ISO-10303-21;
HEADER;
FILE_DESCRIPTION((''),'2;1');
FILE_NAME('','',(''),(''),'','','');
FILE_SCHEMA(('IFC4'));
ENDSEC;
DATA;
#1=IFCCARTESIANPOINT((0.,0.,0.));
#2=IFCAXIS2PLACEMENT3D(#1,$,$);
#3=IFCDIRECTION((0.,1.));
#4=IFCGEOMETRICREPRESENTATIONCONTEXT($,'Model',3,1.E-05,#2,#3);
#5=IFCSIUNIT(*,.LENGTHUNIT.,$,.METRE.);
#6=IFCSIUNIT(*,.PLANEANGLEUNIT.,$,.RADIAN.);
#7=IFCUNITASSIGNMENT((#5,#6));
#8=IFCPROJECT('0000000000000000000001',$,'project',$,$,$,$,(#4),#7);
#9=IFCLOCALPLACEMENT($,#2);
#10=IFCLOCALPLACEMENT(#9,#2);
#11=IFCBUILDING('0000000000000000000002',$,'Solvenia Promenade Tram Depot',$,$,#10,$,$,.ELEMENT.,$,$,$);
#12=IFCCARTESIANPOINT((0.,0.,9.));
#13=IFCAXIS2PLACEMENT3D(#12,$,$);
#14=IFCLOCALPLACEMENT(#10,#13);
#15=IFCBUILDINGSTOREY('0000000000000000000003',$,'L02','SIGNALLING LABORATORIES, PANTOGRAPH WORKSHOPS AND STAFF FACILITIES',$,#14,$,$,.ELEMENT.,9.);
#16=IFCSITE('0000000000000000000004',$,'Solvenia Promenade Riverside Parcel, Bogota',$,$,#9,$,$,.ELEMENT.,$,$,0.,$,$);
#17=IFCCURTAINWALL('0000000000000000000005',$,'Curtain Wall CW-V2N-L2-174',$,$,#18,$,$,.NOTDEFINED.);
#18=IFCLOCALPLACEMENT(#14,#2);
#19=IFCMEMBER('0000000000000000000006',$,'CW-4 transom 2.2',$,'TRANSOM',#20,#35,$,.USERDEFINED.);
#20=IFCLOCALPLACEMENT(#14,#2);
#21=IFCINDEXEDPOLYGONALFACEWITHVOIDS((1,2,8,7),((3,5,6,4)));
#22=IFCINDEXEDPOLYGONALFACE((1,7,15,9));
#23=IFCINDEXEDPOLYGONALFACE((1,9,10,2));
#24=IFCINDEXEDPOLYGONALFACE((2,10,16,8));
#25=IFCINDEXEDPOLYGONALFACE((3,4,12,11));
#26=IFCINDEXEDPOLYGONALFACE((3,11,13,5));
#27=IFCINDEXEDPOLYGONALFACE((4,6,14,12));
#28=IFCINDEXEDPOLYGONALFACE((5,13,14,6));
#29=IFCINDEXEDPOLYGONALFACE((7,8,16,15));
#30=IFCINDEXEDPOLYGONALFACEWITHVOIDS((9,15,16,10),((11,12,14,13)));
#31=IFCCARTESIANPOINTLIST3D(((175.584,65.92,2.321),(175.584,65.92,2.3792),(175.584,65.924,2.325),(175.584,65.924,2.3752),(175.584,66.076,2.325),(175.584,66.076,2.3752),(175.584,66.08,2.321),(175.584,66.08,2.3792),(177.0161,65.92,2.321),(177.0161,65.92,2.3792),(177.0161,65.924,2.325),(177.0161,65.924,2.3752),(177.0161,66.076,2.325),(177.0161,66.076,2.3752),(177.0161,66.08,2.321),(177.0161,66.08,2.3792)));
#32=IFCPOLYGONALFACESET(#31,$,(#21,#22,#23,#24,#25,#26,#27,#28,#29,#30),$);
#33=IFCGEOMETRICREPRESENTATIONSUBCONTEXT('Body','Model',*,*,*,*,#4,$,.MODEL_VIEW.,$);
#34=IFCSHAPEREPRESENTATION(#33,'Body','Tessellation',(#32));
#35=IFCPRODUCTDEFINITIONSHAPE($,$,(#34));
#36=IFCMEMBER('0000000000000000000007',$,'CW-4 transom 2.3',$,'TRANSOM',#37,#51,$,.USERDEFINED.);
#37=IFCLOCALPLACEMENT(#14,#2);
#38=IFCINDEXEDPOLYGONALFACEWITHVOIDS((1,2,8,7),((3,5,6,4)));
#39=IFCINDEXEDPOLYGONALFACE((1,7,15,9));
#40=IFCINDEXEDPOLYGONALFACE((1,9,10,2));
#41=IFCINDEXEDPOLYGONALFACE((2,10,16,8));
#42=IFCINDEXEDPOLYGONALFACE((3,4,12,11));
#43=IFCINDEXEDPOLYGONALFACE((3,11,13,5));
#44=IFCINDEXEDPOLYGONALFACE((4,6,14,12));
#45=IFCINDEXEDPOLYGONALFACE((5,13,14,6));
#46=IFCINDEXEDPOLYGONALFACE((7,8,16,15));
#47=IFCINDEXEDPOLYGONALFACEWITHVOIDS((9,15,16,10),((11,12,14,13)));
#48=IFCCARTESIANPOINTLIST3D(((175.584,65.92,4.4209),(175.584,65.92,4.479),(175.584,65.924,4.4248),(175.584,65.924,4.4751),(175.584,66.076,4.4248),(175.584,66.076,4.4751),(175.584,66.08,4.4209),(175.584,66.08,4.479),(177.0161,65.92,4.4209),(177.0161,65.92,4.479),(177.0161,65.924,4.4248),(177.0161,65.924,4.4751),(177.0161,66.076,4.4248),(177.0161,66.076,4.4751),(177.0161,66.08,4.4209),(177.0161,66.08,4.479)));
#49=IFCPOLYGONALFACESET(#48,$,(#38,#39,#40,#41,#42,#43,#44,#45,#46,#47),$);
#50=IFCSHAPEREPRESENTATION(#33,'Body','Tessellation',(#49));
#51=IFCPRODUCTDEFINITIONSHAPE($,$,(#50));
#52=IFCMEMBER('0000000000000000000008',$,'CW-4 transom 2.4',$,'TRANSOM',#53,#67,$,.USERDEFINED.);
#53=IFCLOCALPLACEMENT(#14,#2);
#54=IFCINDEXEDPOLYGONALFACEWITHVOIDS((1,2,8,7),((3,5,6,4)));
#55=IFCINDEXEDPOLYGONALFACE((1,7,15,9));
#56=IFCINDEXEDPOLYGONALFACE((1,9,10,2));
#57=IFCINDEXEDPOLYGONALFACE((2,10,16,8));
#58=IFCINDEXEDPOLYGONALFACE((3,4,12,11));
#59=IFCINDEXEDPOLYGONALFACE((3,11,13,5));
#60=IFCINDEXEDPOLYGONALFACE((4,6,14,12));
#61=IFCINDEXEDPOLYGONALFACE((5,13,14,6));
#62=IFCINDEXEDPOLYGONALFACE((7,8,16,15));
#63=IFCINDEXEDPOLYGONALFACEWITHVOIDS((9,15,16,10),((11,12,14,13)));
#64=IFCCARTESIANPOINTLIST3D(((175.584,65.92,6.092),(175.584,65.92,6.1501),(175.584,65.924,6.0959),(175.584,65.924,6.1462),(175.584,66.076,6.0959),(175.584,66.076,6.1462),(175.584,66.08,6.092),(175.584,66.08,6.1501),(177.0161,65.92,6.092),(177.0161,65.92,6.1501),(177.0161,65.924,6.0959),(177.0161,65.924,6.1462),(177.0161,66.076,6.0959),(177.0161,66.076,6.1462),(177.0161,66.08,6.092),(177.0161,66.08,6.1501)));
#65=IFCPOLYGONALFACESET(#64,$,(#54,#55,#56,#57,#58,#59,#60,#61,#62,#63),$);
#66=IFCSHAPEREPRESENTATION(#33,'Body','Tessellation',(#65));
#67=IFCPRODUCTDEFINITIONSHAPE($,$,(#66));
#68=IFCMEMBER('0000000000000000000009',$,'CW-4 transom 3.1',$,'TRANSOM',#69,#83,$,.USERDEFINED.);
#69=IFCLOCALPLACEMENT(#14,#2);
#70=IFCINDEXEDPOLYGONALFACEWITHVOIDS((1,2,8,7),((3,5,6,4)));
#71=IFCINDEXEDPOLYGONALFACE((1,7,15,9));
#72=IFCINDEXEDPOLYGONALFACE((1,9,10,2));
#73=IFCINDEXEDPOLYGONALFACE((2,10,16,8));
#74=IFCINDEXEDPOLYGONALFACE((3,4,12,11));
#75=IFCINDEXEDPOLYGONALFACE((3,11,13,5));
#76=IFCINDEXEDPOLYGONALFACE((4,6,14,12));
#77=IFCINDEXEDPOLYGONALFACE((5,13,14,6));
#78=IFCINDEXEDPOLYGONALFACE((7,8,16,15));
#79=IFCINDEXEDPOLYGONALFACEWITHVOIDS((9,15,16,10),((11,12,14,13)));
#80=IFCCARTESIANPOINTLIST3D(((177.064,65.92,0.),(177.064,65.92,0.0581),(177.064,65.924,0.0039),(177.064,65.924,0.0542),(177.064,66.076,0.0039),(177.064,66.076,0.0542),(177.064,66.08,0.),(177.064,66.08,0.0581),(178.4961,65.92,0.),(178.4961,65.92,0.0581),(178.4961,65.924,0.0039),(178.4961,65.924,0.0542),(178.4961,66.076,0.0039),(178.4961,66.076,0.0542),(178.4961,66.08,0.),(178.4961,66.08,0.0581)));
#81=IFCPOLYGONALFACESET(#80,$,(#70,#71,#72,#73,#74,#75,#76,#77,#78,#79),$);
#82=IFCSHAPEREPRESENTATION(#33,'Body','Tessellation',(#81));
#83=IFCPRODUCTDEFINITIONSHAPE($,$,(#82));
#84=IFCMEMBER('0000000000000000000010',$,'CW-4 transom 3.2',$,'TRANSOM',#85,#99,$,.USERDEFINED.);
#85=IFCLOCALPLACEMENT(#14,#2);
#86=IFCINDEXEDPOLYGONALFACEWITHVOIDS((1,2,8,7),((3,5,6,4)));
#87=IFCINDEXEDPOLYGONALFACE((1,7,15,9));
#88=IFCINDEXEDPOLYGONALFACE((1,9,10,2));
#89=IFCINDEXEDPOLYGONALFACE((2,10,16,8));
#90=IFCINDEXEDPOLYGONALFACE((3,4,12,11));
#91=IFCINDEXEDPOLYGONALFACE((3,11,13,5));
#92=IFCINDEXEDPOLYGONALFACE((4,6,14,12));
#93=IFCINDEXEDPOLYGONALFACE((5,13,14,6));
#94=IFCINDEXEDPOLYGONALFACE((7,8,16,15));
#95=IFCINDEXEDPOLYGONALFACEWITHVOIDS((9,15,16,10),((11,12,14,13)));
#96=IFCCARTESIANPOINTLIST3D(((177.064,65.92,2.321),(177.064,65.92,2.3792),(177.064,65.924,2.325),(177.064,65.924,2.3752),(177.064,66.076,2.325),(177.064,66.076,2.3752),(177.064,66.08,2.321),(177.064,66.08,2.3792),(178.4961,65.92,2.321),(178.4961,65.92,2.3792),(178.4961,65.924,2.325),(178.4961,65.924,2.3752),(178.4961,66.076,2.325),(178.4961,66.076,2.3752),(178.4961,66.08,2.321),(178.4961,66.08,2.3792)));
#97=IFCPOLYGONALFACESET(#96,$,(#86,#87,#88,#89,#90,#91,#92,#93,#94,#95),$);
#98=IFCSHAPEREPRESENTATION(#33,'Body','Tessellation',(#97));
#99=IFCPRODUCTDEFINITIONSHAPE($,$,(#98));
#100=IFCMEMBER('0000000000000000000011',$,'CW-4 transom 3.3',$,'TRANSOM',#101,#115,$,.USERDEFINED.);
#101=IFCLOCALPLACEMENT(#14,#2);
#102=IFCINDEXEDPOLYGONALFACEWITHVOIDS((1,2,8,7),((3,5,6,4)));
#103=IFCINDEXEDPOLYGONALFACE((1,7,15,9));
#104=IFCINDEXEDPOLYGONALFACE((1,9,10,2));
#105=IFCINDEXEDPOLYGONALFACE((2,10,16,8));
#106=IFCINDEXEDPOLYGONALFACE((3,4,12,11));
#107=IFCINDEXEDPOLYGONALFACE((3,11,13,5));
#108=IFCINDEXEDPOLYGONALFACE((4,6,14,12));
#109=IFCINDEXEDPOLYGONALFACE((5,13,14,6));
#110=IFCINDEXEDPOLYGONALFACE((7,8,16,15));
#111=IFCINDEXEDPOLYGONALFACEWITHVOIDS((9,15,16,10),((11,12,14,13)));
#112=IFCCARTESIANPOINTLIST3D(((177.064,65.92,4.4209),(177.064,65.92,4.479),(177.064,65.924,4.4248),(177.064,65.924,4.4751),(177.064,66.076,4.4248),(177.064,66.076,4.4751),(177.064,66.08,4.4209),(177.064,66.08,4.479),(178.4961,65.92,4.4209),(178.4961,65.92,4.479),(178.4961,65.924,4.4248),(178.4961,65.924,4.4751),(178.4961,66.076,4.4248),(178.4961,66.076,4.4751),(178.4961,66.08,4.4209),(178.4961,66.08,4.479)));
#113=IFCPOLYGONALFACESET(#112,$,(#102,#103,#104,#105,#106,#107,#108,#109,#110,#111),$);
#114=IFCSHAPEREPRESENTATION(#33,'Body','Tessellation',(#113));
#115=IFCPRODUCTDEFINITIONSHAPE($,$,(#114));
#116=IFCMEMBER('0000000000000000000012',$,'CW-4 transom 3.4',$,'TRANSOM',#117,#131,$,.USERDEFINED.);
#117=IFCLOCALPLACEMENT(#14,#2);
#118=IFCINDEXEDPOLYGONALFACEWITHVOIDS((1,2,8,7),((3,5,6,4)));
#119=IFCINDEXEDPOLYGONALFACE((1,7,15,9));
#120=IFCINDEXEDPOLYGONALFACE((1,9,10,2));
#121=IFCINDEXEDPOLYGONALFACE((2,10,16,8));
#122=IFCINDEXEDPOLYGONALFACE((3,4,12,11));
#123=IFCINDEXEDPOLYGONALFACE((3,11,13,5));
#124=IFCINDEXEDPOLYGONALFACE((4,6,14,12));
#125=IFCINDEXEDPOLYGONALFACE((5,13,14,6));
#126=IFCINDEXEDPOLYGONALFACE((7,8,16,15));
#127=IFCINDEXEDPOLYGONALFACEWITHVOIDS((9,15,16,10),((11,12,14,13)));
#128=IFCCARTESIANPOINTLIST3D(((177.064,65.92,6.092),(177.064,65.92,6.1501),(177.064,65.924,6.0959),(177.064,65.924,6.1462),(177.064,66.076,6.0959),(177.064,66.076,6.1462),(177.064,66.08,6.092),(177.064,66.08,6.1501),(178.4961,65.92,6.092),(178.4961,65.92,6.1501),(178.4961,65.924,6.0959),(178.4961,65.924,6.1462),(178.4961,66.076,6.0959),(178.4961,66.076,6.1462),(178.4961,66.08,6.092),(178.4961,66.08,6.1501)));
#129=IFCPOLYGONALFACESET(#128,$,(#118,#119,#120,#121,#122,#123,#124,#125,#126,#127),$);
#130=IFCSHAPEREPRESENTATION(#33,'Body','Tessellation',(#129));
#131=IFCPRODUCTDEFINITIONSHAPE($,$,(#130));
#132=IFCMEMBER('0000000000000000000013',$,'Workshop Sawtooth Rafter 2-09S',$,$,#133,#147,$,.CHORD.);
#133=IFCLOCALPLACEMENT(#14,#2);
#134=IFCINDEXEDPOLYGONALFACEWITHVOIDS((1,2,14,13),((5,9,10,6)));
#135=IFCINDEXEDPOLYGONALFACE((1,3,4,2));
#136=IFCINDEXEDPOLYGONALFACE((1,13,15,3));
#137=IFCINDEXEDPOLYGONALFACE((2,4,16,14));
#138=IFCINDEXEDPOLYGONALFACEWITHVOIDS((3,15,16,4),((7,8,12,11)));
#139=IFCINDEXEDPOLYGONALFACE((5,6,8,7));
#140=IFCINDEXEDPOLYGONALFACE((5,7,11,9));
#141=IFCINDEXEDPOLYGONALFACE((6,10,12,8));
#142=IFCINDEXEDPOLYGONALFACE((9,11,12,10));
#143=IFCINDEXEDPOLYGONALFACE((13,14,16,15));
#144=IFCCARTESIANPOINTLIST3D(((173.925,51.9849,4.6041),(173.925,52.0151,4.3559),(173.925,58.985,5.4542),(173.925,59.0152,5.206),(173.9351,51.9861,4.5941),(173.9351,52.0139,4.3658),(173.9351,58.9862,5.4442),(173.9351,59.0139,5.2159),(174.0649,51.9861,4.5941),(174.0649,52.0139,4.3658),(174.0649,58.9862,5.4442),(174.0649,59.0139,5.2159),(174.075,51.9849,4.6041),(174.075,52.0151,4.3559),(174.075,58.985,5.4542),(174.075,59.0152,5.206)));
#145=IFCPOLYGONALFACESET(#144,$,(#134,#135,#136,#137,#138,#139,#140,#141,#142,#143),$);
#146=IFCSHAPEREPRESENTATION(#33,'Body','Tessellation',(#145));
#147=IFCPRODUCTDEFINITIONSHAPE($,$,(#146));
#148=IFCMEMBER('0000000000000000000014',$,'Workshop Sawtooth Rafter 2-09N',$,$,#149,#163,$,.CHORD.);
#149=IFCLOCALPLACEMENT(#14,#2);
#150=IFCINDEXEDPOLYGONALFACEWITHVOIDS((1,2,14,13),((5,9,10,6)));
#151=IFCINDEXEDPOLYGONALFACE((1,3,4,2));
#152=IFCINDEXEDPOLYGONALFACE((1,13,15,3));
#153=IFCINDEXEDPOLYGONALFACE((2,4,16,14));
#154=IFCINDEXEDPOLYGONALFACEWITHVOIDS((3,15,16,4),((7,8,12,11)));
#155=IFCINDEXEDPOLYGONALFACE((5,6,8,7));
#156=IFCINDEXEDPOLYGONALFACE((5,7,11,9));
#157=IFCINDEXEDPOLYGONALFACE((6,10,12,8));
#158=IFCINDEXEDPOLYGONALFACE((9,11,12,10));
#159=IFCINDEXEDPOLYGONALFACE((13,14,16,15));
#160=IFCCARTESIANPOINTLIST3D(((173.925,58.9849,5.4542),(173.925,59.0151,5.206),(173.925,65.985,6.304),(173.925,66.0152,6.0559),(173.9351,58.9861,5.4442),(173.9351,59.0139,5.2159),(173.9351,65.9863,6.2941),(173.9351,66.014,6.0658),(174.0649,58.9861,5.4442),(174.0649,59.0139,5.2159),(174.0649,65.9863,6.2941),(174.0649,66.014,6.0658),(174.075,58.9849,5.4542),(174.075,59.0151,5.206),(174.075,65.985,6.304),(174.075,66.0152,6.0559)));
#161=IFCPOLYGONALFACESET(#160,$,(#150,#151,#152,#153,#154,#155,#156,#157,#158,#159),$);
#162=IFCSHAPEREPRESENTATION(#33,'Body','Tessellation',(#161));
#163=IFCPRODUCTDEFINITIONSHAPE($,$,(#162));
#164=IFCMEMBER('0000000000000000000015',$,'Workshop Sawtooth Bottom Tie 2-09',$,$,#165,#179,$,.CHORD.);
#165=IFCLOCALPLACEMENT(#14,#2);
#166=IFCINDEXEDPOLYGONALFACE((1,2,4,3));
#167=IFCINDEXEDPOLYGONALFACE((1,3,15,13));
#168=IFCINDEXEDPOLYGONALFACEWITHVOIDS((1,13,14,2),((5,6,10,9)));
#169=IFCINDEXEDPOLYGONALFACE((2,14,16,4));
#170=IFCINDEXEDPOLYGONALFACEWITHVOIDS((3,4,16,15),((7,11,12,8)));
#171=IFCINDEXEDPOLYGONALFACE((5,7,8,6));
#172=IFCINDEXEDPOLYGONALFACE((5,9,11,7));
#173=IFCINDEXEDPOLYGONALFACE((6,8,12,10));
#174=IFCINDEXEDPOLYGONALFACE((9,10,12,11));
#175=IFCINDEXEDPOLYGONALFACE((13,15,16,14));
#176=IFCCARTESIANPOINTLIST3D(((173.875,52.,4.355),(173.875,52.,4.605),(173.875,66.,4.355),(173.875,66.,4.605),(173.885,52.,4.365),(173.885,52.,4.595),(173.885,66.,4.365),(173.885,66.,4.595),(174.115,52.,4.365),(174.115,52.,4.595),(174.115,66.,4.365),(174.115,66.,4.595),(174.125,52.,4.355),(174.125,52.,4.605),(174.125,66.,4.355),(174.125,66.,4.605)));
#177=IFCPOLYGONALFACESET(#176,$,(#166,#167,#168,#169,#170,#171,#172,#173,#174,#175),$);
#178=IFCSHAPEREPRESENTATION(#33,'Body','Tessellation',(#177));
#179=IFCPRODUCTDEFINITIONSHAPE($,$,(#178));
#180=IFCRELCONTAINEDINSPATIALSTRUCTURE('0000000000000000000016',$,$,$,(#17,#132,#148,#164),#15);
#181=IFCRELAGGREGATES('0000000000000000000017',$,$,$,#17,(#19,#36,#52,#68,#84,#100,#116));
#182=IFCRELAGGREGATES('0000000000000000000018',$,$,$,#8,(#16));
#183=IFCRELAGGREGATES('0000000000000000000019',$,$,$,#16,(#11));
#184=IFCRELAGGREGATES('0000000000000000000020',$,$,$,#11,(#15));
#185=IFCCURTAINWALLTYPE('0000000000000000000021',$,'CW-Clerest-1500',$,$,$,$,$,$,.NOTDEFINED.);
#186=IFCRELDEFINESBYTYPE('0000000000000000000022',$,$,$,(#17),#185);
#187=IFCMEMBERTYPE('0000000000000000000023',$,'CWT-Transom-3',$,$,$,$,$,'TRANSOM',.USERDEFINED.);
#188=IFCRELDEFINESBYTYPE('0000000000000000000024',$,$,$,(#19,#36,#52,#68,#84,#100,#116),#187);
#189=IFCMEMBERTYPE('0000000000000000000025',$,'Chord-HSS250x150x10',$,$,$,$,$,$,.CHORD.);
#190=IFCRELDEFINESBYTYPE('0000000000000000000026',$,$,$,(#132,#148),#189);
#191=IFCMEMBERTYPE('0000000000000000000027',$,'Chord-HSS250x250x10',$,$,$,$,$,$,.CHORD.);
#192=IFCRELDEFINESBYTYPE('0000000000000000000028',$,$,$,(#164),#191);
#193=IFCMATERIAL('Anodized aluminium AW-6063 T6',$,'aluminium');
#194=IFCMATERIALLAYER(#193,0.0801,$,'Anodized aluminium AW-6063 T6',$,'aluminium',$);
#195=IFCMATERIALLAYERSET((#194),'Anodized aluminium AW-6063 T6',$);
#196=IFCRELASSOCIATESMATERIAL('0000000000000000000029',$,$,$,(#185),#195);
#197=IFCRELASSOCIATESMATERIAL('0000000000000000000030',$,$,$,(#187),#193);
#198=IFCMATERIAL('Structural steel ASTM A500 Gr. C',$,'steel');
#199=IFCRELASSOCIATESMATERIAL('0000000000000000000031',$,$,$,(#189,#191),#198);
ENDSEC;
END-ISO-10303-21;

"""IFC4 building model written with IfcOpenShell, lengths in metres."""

from ifc_helpers import new_model, si_unit, direction, frame, origin, origin_2d, place, context, subcontext, project, spatial, hollow_rectangle, extrude, material, layer, layer_set, material_profile, profile_set, type_object, element, aggregate, save


model = new_model("IFC4")

# Units and contexts
model_context = context("Model", 3, precision=1e-05, world=origin(), true_north=direction((0.0, 1.0)))
body_context = subcontext(model_context, "Body", "Model", "MODEL_VIEW")
ifc_project = project(units=[si_unit("LENGTHUNIT", "METRE"), si_unit("PLANEANGLEUNIT", "RADIAN")], contexts=[model_context])

# Site, building, storey
site_placement = place(None, origin())
site = spatial("IfcSite", under=ifc_project, at=site_placement, Name="Solvenia Promenade Riverside Parcel, Bogota", CompositionType="ELEMENT", RefElevation=0.0)
building_placement = place(site_placement, origin())
building = spatial("IfcBuilding", under=site, at=building_placement, Name="Solvenia Promenade Tram Depot", CompositionType="ELEMENT")
storey_placement = place(building_placement, frame((0.0, 0.0, 9.0)))
storey = spatial("IfcBuildingStorey", under=building, at=storey_placement, Name="L02", Description="SIGNALLING LABORATORIES, PANTOGRAPH WORKSHOPS AND STAFF FACILITIES", CompositionType="ELEMENT", Elevation=9.0)

# Curtain wall, members
ifc_material_1 = material(Name="Anodized aluminium AW-6063 T6", Category="aluminium")
ifc_layer_1 = layer(ifc_material_1, 0.0801, Name="Anodized aluminium AW-6063 T6", Category="aluminium")
ifc_layer_set_1 = layer_set([ifc_layer_1], Name="Anodized aluminium AW-6063 T6")
curtain_wall_type = type_object("IfcCurtainWallType", Name="CW-Clerest-1500", PredefinedType="NOTDEFINED", material=ifc_layer_set_1)
curtain_wall_placement = place(storey_placement, origin())
curtain_wall = element("IfcCurtainWall", 1, at=curtain_wall_placement, inside=storey, type_object=curtain_wall_type, Name="Curtain Wall CW-V2N-L2-174", PredefinedType="NOTDEFINED")
ifc_material_profile_1 = material_profile(ifc_material_1, hollow_rectangle(XDim=0.1599, YDim=0.0581, WallThickness=0.0039, at=origin_2d()), Name="ALU-T3", Category="aluminium")
ifc_profile_set_1 = profile_set([ifc_material_profile_1], Name="Anodized aluminium AW-6063 T6")
member_type_1 = type_object("IfcMemberType", Name="CWT-Transom-3", ElementType="TRANSOM", PredefinedType="USERDEFINED", material=ifc_profile_set_1)
member_1_placement = place(storey_placement, frame((175.584, 66.0, 2.3501), z_axis=(1.0, 0.0, 0.0), x_axis=(0.0, 1.0, 0.0)))
member_1 = element("IfcMember", 2, at=member_1_placement, type_object=member_type_1, Name="CW-4 transom 2.2", ObjectType="TRANSOM", PredefinedType="USERDEFINED", context=body_context, shape_type="SweptSolid", body=[
    extrude(hollow_rectangle(XDim=0.1599, YDim=0.0581, WallThickness=0.0039, at=origin_2d()), origin(), (0.0, 0.0, 1.0), 1.4321),
])
member_2_placement = place(storey_placement, frame((175.584, 66.0, 4.45), z_axis=(1.0, 0.0, 0.0), x_axis=(0.0, 1.0, 0.0)))
member_2 = element("IfcMember", 3, at=member_2_placement, type_object=member_type_1, Name="CW-4 transom 2.3", ObjectType="TRANSOM", PredefinedType="USERDEFINED", context=body_context, shape_type="SweptSolid", body=[
    extrude(hollow_rectangle(XDim=0.1599, YDim=0.0581, WallThickness=0.0039, at=origin_2d()), origin(), (0.0, 0.0, 1.0), 1.4321),
])
member_3_placement = place(storey_placement, frame((175.584, 66.0, 6.1211), z_axis=(1.0, 0.0, 0.0), x_axis=(0.0, 1.0, 0.0)))
member_3 = element("IfcMember", 4, at=member_3_placement, type_object=member_type_1, Name="CW-4 transom 2.4", ObjectType="TRANSOM", PredefinedType="USERDEFINED", context=body_context, shape_type="SweptSolid", body=[
    extrude(hollow_rectangle(XDim=0.1599, YDim=0.0581, WallThickness=0.0039, at=origin_2d()), origin(), (0.0, 0.0, 1.0), 1.4321),
])
member_4_placement = place(storey_placement, frame((177.064, 66.0, 0.0291), z_axis=(1.0, 0.0, 0.0), x_axis=(0.0, 1.0, 0.0)))
member_4 = element("IfcMember", 5, at=member_4_placement, type_object=member_type_1, Name="CW-4 transom 3.1", ObjectType="TRANSOM", PredefinedType="USERDEFINED", context=body_context, shape_type="SweptSolid", body=[
    extrude(hollow_rectangle(XDim=0.1599, YDim=0.0581, WallThickness=0.0039, at=origin_2d()), origin(), (0.0, 0.0, 1.0), 1.4321),
])
member_5_placement = place(storey_placement, frame((177.064, 66.0, 2.3501), z_axis=(1.0, 0.0, 0.0), x_axis=(0.0, 1.0, 0.0)))
member_5 = element("IfcMember", 6, at=member_5_placement, type_object=member_type_1, Name="CW-4 transom 3.2", ObjectType="TRANSOM", PredefinedType="USERDEFINED", context=body_context, shape_type="SweptSolid", body=[
    extrude(hollow_rectangle(XDim=0.1599, YDim=0.0581, WallThickness=0.0039, at=origin_2d()), origin(), (0.0, 0.0, 1.0), 1.4321),
])
member_6_placement = place(storey_placement, frame((177.064, 66.0, 4.45), z_axis=(1.0, 0.0, 0.0), x_axis=(0.0, 1.0, 0.0)))
member_6 = element("IfcMember", 7, at=member_6_placement, type_object=member_type_1, Name="CW-4 transom 3.3", ObjectType="TRANSOM", PredefinedType="USERDEFINED", context=body_context, shape_type="SweptSolid", body=[
    extrude(hollow_rectangle(XDim=0.1599, YDim=0.0581, WallThickness=0.0039, at=origin_2d()), origin(), (0.0, 0.0, 1.0), 1.4321),
])
member_7_placement = place(storey_placement, frame((177.064, 66.0, 6.1211), z_axis=(1.0, 0.0, 0.0), x_axis=(0.0, 1.0, 0.0)))
member_7 = element("IfcMember", 8, at=member_7_placement, type_object=member_type_1, Name="CW-4 transom 3.4", ObjectType="TRANSOM", PredefinedType="USERDEFINED", context=body_context, shape_type="SweptSolid", body=[
    extrude(hollow_rectangle(XDim=0.1599, YDim=0.0581, WallThickness=0.0039, at=origin_2d()), origin(), (0.0, 0.0, 1.0), 1.4321),
])

# Members
ifc_material_2 = material(Name="Structural steel ASTM A500 Gr. C", Category="steel")
ifc_material_profile_2 = material_profile(ifc_material_2, hollow_rectangle(XDim=0.1499, YDim=0.25, WallThickness=0.01, at=origin_2d()), Name="HSS250x150x10", Category="steel")
ifc_profile_set_2 = profile_set([ifc_material_profile_2], Name="Structural steel ASTM A500 Gr. C")
member_type_2 = type_object("IfcMemberType", Name="Chord-HSS250x150x10", PredefinedType="CHORD", material=ifc_profile_set_2)
for number, where, z_axis, x_axis, name in (
    (9, (174.0, 52.0, 4.48), (0.0, 0.992706, 0.120557), (-1.0, 0.0, 0.0), "Workshop Sawtooth Rafter 2-09S"),
    (10, (174.0, 59.0, 5.3301), (0.0, 0.992711, 0.120523), (-1.0, 0.0, 0.0), "Workshop Sawtooth Rafter 2-09N"),
):
    element("IfcMember", number, at=place(storey_placement, frame(where, z_axis=z_axis, x_axis=x_axis)), inside=storey, type_object=member_type_2, Name=name, PredefinedType="CHORD", context=body_context, shape_type="SweptSolid", body=[
        extrude(hollow_rectangle(XDim=0.1499, YDim=0.25, WallThickness=0.01, at=origin_2d()), origin(), (0.0, 0.0, 1.0), 7.0515),
    ])
ifc_material_profile_3 = material_profile(ifc_material_2, hollow_rectangle(XDim=0.25, YDim=0.25, WallThickness=0.01, at=origin_2d()), Name="HSS250x250x10", Category="steel")
ifc_profile_set_3 = profile_set([ifc_material_profile_3], Name="Structural steel ASTM A500 Gr. C")
member_type_3 = type_object("IfcMemberType", Name="Chord-HSS250x250x10", PredefinedType="CHORD", material=ifc_profile_set_3)
member_8_placement = place(storey_placement, frame((174.0, 52.0, 4.48), z_axis=(0.0, 1.0, 0.0), x_axis=(-1.0, 0.0, 0.0)))
element("IfcMember", 11, at=member_8_placement, inside=storey, type_object=member_type_3, Name="Workshop Sawtooth Bottom Tie 2-09", PredefinedType="CHORD", context=body_context, shape_type="SweptSolid", body=[
    extrude(hollow_rectangle(XDim=0.25, YDim=0.25, WallThickness=0.01, at=origin_2d()), origin(), (0.0, 0.0, 1.0), 14.0),
])

aggregate(curtain_wall, [member_1, member_2, member_3, member_4, member_5, member_6, member_7])

save(model, "model.ifc")
